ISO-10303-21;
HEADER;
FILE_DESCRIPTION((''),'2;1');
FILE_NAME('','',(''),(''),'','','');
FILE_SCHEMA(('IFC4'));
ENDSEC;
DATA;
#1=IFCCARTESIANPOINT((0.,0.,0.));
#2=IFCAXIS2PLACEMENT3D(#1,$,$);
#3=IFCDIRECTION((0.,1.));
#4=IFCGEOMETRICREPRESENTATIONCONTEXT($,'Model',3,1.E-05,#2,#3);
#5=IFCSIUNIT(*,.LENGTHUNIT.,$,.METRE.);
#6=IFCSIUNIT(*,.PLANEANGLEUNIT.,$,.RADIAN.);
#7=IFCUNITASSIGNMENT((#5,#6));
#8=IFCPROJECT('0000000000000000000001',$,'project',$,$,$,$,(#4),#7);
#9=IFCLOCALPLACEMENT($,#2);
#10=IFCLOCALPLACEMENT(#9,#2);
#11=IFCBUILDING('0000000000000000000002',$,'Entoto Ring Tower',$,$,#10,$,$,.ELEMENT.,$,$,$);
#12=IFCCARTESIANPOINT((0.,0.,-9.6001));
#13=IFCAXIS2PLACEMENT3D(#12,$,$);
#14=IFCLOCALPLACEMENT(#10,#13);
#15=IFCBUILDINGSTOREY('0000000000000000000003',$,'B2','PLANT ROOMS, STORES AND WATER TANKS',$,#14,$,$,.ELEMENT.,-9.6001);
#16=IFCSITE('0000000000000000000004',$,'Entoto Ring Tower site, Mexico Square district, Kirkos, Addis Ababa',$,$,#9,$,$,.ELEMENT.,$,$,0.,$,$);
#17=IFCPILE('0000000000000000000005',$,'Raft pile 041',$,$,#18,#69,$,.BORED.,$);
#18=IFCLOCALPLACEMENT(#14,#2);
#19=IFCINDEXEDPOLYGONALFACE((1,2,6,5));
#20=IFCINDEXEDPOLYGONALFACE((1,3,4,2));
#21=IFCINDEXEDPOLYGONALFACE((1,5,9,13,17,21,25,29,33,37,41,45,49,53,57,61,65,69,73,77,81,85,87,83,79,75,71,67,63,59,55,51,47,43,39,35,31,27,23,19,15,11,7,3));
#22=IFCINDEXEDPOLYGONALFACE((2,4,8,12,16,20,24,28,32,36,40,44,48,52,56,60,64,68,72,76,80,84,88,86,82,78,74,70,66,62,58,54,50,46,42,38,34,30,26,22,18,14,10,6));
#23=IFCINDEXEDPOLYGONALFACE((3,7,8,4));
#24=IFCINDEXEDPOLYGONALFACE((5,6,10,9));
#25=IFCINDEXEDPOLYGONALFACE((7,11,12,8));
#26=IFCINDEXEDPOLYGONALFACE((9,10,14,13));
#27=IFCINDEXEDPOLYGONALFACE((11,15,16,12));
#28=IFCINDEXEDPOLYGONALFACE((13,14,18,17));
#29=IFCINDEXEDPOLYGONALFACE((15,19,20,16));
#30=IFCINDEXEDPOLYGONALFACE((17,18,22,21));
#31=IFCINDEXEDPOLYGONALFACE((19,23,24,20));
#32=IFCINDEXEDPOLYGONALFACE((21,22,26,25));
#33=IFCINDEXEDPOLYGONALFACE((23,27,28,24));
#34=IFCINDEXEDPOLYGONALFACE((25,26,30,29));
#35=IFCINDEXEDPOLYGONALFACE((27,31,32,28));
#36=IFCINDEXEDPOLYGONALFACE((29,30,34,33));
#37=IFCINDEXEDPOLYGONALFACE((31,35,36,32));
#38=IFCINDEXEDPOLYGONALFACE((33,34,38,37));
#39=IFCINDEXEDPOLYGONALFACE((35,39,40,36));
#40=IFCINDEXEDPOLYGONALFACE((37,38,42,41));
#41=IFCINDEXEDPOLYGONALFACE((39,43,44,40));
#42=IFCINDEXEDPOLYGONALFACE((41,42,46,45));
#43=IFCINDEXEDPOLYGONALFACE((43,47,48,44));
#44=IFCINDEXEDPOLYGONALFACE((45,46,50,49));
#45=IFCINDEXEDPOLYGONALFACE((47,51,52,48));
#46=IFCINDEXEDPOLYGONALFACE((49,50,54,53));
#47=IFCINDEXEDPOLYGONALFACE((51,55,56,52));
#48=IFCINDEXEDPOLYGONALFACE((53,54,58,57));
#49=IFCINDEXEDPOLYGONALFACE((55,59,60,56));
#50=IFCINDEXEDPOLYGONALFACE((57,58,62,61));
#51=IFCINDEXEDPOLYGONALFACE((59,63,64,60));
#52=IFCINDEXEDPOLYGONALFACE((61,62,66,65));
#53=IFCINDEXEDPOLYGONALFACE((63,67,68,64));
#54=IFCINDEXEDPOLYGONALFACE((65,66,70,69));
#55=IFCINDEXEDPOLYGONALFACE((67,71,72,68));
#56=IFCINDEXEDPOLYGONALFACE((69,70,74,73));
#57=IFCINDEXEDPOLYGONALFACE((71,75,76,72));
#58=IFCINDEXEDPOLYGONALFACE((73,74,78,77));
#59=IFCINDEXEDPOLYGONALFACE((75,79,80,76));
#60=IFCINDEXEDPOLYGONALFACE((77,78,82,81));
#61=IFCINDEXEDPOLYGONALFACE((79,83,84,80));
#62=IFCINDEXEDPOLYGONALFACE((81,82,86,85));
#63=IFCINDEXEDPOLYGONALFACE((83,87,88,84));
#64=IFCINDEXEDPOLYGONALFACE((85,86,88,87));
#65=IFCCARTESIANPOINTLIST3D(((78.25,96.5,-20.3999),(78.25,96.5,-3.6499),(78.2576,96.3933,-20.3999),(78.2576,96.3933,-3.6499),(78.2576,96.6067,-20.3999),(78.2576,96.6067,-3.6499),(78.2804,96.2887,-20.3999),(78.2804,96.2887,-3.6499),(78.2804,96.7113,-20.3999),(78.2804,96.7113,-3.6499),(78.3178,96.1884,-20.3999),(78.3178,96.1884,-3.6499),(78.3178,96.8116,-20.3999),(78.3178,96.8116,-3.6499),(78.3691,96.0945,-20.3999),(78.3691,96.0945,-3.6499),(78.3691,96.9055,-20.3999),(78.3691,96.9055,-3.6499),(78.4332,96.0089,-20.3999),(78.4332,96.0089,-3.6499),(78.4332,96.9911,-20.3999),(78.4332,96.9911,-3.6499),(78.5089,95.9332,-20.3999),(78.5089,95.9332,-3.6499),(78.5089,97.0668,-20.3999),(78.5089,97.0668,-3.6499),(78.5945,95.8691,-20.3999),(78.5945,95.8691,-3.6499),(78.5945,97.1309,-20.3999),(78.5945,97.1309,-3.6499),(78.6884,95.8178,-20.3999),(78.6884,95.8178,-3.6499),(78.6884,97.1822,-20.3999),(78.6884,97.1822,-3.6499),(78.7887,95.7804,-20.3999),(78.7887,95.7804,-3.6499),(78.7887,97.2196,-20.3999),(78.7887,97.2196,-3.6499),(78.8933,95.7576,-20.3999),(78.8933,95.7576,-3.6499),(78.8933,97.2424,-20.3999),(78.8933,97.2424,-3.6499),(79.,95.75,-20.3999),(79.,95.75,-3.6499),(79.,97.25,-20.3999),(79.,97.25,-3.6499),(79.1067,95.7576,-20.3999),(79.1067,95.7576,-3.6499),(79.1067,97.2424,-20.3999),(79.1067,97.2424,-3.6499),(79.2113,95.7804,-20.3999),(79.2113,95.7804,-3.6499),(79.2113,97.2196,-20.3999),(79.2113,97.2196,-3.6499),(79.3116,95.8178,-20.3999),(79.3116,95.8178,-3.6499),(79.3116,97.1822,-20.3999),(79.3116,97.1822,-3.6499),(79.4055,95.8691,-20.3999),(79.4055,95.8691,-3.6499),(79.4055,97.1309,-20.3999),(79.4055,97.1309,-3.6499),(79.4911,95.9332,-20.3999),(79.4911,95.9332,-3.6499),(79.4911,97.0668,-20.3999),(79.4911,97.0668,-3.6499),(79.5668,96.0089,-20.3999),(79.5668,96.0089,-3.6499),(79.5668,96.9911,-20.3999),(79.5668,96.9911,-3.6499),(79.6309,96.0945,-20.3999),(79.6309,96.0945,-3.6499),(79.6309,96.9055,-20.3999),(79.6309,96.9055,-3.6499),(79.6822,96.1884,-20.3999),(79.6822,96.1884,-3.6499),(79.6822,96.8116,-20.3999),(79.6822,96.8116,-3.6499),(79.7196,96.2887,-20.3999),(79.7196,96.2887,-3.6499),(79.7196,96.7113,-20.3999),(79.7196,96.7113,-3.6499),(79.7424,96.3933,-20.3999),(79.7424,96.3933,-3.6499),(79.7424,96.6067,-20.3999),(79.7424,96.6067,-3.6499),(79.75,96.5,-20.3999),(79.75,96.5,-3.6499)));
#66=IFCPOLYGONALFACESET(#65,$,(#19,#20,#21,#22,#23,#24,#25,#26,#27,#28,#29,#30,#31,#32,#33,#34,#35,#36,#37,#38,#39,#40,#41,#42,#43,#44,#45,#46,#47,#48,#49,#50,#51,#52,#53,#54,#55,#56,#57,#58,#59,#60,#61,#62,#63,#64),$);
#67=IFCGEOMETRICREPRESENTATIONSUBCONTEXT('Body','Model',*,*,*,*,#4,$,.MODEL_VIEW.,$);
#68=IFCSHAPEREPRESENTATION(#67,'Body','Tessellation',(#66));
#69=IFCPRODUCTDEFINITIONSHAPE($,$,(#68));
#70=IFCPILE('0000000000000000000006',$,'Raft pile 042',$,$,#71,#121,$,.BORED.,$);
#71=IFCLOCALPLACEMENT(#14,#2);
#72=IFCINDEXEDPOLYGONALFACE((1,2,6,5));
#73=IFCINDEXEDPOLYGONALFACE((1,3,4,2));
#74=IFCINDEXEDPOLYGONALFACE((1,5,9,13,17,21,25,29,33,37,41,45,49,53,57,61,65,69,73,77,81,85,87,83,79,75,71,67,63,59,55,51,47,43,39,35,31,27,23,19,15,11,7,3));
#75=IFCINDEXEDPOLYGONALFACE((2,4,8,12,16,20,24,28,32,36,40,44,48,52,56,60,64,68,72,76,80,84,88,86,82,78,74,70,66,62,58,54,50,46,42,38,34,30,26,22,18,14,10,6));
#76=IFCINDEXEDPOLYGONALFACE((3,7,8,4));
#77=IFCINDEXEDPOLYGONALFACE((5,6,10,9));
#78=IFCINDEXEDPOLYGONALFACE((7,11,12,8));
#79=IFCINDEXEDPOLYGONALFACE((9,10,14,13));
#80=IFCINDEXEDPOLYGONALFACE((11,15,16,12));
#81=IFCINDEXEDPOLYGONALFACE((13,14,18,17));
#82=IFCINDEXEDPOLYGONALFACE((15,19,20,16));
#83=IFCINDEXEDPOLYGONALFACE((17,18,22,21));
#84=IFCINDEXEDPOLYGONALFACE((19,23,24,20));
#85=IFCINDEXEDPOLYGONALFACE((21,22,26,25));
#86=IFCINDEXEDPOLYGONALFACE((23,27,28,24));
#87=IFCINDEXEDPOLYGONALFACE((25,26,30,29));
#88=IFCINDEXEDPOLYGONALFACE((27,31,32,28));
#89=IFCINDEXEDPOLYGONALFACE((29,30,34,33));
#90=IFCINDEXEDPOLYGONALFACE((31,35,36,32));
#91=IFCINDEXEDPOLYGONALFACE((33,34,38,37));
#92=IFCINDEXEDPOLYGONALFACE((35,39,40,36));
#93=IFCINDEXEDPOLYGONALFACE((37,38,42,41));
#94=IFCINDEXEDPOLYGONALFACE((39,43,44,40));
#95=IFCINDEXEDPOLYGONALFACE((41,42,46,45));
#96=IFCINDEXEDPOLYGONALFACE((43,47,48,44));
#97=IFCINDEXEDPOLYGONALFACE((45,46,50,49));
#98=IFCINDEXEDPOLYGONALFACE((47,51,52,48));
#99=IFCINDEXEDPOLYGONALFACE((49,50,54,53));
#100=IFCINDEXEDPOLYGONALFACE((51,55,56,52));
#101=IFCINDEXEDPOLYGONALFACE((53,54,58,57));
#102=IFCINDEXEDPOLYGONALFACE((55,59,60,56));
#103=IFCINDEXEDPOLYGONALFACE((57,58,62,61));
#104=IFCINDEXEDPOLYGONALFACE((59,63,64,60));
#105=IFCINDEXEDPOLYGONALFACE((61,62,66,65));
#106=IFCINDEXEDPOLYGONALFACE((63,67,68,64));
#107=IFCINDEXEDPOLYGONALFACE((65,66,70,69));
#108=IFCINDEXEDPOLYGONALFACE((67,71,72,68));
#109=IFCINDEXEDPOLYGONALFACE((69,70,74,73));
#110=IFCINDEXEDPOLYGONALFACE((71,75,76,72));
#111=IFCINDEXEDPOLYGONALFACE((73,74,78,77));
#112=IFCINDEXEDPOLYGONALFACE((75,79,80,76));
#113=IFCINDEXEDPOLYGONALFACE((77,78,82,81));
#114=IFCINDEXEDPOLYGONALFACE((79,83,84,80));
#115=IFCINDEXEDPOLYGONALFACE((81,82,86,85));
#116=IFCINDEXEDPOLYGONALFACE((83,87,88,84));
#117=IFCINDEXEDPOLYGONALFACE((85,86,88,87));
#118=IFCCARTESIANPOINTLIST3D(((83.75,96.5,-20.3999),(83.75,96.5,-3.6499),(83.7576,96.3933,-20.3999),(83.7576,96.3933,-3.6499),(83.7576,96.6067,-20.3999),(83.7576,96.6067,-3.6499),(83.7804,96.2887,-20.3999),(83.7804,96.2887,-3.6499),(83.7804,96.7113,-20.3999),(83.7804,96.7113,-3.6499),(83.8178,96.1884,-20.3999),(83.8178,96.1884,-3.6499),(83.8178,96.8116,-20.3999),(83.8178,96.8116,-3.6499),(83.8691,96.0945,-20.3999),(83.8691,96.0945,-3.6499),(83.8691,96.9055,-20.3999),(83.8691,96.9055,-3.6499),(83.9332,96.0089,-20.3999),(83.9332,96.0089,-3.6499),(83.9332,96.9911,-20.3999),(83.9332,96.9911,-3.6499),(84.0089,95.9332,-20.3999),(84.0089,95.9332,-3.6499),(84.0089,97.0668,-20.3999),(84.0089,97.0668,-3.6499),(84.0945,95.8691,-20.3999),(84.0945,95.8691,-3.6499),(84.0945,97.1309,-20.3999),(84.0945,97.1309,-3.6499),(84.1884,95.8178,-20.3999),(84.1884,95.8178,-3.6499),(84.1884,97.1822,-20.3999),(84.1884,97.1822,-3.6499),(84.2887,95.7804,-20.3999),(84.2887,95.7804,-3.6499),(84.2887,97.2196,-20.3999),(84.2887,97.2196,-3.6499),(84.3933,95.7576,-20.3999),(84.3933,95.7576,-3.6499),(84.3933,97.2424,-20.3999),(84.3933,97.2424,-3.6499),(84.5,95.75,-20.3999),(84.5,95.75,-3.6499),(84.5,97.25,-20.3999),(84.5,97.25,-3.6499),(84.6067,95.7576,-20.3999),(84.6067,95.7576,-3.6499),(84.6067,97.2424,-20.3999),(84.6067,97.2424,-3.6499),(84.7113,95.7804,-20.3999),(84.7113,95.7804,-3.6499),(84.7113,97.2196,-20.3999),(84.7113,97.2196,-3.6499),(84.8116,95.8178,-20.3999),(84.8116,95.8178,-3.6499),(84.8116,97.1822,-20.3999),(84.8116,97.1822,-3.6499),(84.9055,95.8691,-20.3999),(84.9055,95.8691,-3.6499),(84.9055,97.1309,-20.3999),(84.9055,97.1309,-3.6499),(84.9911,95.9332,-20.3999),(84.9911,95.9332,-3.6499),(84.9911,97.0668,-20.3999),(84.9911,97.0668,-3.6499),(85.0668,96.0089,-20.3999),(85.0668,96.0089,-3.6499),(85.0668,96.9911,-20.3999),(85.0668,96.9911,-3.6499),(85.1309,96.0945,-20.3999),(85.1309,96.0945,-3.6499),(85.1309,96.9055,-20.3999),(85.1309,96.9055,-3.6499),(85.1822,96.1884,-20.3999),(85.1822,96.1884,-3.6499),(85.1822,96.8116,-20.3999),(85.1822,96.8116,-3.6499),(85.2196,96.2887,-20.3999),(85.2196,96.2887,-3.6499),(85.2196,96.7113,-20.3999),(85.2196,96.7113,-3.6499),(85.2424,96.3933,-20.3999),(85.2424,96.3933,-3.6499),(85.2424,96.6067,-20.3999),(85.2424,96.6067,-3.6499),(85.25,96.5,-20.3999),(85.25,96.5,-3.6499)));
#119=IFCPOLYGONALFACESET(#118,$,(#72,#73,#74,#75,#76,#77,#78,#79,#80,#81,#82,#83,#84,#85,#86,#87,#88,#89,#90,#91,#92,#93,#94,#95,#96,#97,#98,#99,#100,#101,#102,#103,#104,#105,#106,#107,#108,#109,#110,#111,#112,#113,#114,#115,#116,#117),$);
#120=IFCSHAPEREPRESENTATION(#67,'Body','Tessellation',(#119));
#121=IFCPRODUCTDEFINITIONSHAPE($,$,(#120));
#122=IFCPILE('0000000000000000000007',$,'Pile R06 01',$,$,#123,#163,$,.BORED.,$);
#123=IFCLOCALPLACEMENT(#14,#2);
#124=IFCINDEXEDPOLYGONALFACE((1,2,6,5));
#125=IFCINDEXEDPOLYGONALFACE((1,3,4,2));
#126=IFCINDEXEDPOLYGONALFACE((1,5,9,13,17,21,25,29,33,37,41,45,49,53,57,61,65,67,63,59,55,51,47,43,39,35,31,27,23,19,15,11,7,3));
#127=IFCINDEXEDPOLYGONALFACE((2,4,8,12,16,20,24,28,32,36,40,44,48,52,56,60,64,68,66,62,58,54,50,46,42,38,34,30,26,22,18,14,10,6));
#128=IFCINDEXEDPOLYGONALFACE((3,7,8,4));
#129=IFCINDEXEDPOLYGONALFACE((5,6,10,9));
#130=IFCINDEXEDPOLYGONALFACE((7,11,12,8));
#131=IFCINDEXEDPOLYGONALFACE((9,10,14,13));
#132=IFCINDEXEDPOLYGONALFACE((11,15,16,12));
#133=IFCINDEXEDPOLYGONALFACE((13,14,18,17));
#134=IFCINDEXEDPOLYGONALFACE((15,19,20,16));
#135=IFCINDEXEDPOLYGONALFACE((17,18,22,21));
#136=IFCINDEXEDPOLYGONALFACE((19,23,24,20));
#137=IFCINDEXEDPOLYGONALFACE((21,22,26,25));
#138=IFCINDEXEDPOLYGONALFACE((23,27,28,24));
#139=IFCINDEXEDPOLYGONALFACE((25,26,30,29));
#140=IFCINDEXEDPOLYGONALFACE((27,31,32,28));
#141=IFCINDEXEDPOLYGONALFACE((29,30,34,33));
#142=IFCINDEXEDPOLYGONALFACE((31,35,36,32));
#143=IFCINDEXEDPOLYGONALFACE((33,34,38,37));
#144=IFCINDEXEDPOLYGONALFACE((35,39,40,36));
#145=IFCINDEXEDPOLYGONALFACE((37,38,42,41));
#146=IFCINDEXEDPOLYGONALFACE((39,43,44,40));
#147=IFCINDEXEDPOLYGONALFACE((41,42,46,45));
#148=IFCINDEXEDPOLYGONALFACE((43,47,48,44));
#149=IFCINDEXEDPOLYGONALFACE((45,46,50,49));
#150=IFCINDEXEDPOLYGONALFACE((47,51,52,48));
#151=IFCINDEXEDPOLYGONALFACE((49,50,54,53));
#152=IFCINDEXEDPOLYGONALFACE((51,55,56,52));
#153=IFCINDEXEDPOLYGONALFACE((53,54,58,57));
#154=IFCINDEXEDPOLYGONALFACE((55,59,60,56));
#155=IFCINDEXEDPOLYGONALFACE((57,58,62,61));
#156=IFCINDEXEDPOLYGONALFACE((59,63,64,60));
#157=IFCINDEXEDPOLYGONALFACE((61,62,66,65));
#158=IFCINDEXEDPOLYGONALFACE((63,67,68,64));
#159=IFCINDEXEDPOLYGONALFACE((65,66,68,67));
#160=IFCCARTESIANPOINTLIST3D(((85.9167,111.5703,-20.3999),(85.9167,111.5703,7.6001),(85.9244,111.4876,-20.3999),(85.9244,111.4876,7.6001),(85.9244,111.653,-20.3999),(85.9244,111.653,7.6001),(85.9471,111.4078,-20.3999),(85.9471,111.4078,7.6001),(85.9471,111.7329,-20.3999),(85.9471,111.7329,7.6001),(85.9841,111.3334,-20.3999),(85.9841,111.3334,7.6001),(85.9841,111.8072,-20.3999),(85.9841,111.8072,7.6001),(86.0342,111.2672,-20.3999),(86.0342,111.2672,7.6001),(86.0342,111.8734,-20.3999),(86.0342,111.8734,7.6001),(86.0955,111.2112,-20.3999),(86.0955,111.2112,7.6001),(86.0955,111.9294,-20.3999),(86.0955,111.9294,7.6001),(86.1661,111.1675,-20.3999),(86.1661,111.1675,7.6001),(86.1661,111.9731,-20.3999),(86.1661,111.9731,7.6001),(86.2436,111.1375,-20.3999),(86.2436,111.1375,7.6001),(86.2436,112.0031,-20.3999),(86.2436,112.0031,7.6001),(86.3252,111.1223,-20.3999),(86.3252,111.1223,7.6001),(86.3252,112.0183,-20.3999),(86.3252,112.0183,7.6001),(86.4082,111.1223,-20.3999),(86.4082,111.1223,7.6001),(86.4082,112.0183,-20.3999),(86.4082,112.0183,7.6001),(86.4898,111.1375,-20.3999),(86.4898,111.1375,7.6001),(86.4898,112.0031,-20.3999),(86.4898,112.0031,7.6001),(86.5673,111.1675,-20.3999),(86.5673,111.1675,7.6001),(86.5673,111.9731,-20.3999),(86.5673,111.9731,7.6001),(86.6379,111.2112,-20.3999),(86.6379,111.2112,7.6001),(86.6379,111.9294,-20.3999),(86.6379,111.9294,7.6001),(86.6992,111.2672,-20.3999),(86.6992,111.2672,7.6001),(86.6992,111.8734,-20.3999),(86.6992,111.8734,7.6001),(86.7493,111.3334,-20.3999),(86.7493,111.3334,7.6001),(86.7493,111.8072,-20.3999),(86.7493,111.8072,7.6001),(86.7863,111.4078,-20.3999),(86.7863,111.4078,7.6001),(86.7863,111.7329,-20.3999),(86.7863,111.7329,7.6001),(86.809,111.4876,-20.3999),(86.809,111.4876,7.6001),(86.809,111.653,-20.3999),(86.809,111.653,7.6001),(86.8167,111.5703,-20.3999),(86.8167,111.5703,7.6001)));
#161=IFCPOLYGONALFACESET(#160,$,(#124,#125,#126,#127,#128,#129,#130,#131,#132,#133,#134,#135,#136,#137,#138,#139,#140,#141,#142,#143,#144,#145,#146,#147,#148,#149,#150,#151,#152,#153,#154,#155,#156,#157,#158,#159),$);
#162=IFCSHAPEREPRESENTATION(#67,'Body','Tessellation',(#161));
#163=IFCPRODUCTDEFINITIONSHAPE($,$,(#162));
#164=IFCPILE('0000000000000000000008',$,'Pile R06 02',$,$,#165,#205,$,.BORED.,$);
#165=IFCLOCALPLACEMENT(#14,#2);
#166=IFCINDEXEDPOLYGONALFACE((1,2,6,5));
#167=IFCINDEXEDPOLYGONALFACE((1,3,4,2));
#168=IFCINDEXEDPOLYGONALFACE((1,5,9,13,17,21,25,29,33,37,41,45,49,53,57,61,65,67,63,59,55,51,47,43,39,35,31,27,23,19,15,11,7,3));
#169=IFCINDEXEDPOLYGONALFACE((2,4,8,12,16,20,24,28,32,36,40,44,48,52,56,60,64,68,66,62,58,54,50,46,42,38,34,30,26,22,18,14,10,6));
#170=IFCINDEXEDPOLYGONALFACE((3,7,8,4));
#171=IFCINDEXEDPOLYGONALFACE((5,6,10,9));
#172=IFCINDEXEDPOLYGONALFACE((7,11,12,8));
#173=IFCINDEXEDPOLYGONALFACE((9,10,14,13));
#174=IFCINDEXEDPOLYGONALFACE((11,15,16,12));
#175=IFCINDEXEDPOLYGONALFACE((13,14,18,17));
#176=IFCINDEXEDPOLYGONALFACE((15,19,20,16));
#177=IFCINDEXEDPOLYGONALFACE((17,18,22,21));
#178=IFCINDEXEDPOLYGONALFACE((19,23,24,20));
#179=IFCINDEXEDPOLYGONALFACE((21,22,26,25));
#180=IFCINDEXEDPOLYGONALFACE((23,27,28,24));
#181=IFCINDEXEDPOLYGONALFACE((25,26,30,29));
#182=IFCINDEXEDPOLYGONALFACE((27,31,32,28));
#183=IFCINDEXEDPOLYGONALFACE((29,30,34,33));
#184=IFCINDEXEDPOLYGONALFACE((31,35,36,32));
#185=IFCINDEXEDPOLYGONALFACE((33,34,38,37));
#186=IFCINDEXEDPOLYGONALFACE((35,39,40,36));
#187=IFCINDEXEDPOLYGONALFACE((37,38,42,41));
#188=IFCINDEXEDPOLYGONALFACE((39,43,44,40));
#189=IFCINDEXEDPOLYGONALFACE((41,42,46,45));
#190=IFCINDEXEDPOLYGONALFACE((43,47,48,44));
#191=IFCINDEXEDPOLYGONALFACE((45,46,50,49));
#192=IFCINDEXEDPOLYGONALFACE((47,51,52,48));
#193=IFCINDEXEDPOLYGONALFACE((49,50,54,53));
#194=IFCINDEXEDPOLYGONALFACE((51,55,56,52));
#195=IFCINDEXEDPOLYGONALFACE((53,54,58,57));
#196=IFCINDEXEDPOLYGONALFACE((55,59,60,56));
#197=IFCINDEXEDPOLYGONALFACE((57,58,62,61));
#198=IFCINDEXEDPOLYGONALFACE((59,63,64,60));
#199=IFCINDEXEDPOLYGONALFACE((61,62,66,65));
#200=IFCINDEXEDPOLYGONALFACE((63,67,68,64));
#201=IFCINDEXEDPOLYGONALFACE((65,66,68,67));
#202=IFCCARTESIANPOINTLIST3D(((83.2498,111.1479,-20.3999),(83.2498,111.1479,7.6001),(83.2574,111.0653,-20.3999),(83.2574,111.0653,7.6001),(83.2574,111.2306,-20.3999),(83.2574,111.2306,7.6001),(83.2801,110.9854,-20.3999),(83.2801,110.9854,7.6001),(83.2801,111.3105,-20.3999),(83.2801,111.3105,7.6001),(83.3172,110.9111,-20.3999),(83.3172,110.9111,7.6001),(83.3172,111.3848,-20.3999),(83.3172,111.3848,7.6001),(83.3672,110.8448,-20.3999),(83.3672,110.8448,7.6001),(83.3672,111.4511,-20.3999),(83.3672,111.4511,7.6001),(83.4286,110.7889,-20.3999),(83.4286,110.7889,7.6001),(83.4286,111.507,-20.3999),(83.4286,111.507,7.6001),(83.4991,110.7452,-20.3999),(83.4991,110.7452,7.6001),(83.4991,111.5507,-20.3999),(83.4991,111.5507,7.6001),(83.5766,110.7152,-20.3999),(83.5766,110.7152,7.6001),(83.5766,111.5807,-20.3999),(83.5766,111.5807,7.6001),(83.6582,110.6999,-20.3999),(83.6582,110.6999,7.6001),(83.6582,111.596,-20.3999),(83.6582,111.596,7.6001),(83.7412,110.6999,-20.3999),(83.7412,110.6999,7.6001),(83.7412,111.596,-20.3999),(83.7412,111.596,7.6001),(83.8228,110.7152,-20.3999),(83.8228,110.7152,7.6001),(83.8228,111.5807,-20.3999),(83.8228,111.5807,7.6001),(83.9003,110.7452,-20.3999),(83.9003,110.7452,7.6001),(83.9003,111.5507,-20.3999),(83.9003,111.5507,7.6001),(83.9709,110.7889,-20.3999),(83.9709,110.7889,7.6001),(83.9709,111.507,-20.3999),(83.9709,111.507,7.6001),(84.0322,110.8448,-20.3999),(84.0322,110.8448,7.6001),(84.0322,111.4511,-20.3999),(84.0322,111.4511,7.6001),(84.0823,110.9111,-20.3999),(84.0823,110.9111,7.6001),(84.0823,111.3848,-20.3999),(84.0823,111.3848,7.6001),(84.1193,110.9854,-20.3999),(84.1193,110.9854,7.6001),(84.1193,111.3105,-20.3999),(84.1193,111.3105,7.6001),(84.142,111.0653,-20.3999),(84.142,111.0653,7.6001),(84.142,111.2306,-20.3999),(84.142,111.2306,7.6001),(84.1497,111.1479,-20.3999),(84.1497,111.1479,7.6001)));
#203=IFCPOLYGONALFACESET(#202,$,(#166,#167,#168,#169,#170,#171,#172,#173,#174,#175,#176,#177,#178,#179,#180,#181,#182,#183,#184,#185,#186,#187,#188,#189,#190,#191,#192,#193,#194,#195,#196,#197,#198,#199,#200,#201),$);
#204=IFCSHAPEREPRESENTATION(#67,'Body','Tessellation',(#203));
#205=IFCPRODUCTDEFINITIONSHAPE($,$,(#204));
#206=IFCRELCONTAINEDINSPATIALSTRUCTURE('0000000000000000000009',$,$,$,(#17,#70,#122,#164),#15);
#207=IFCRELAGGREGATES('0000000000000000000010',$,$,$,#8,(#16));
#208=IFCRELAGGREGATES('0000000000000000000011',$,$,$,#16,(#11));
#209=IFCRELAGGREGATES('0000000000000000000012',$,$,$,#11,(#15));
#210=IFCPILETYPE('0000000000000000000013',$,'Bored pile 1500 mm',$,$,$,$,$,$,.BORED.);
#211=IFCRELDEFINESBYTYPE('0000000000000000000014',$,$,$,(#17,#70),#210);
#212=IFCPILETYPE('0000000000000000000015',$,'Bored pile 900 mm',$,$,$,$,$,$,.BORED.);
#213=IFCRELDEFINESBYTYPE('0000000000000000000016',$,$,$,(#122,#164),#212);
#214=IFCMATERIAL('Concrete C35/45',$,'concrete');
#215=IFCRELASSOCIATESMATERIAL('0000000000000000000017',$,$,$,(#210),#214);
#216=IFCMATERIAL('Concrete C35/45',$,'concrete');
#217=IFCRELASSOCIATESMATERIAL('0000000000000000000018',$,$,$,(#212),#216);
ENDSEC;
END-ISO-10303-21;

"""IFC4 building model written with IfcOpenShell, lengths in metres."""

from ifc_helpers import new_model, si_unit, direction, frame, origin, origin_2d, place, context, subcontext, project, spatial, circle, extrude, material, material_profile, profile_set, type_object, element, save


model = new_model("IFC4")

# Units and contexts
model_context = context("Model", 3, precision=1e-05, world=origin(), true_north=direction((0.0, 1.0)))
body_context = subcontext(model_context, "Body", "Model", "MODEL_VIEW")
ifc_project = project(units=[si_unit("LENGTHUNIT", "METRE"), si_unit("PLANEANGLEUNIT", "RADIAN")], contexts=[model_context])

# Site, building, storey
site_placement = place(None, origin())
site = spatial("IfcSite", under=ifc_project, at=site_placement, Name="Entoto Ring Tower site, Mexico Square district, Kirkos, Addis Ababa", CompositionType="ELEMENT", RefElevation=0.0)
building_placement = place(site_placement, origin())
building = spatial("IfcBuilding", under=site, at=building_placement, Name="Entoto Ring Tower", CompositionType="ELEMENT")
storey_placement = place(building_placement, frame((0.0, 0.0, -9.6001)))
storey = spatial("IfcBuildingStorey", under=building, at=storey_placement, Name="B2", Description="PLANT ROOMS, STORES AND WATER TANKS", CompositionType="ELEMENT", Elevation=-9.6001)

# Piles
ifc_material_1 = material(Name="Concrete C35/45", Category="concrete")
ifc_material_profile_1 = material_profile(ifc_material_1, circle(Radius=0.75, at=origin_2d()), Name="Bored pile 1500 mm")
ifc_profile_set_1 = profile_set([ifc_material_profile_1], Name="Concrete C35/45")
pile_type_1 = type_object("IfcPileType", Name="Bored pile 1500 mm", PredefinedType="BORED", material=ifc_profile_set_1)
for number, where, z_axis, x_axis, name in (
    (1, (79.0, 96.5, -3.6499), (0.0, 0.0, -1.0), (1.0, 0.0, 0.0), "Raft pile 041"),
    (2, (84.5, 96.5, -3.6499), (0.0, 0.0, -1.0), (1.0, 0.0, 0.0), "Raft pile 042"),
):
    element("IfcPile", number, at=place(storey_placement, frame(where, z_axis=z_axis, x_axis=x_axis)), inside=storey, type_object=pile_type_1, Name=name, PredefinedType="BORED", context=body_context, shape_type="SweptSolid", body=[
        extrude(circle(Radius=0.75, at=origin_2d()), origin(), (0.0, 0.0, 1.0), 16.75),
    ])
ifc_material_2 = material(Name="Concrete C35/45", Category="concrete")
ifc_material_profile_2 = material_profile(ifc_material_2, circle(Radius=0.45, at=origin_2d()), Name="Bored pile 900 mm")
ifc_profile_set_2 = profile_set([ifc_material_profile_2], Name="Concrete C35/45")
pile_type_2 = type_object("IfcPileType", Name="Bored pile 900 mm", PredefinedType="BORED", material=ifc_profile_set_2)
for number, where, z_axis, x_axis, name in (
    (3, (86.3667, 111.5703, 7.6001), (0.0, 0.0, -1.0), (1.0, 0.0, 0.0), "Pile R06 01"),
    (4, (83.6997, 111.1479, 7.6001), (0.0, 0.0, -1.0), (1.0, 0.0, 0.0), "Pile R06 02"),
):
    element("IfcPile", number, at=place(storey_placement, frame(where, z_axis=z_axis, x_axis=x_axis)), inside=storey, type_object=pile_type_2, Name=name, PredefinedType="BORED", context=body_context, shape_type="SweptSolid", body=[
        extrude(circle(Radius=0.45, at=origin_2d()), origin(), (0.0, 0.0, 1.0), 28.0),
    ])

save(model, "model.ifc")
